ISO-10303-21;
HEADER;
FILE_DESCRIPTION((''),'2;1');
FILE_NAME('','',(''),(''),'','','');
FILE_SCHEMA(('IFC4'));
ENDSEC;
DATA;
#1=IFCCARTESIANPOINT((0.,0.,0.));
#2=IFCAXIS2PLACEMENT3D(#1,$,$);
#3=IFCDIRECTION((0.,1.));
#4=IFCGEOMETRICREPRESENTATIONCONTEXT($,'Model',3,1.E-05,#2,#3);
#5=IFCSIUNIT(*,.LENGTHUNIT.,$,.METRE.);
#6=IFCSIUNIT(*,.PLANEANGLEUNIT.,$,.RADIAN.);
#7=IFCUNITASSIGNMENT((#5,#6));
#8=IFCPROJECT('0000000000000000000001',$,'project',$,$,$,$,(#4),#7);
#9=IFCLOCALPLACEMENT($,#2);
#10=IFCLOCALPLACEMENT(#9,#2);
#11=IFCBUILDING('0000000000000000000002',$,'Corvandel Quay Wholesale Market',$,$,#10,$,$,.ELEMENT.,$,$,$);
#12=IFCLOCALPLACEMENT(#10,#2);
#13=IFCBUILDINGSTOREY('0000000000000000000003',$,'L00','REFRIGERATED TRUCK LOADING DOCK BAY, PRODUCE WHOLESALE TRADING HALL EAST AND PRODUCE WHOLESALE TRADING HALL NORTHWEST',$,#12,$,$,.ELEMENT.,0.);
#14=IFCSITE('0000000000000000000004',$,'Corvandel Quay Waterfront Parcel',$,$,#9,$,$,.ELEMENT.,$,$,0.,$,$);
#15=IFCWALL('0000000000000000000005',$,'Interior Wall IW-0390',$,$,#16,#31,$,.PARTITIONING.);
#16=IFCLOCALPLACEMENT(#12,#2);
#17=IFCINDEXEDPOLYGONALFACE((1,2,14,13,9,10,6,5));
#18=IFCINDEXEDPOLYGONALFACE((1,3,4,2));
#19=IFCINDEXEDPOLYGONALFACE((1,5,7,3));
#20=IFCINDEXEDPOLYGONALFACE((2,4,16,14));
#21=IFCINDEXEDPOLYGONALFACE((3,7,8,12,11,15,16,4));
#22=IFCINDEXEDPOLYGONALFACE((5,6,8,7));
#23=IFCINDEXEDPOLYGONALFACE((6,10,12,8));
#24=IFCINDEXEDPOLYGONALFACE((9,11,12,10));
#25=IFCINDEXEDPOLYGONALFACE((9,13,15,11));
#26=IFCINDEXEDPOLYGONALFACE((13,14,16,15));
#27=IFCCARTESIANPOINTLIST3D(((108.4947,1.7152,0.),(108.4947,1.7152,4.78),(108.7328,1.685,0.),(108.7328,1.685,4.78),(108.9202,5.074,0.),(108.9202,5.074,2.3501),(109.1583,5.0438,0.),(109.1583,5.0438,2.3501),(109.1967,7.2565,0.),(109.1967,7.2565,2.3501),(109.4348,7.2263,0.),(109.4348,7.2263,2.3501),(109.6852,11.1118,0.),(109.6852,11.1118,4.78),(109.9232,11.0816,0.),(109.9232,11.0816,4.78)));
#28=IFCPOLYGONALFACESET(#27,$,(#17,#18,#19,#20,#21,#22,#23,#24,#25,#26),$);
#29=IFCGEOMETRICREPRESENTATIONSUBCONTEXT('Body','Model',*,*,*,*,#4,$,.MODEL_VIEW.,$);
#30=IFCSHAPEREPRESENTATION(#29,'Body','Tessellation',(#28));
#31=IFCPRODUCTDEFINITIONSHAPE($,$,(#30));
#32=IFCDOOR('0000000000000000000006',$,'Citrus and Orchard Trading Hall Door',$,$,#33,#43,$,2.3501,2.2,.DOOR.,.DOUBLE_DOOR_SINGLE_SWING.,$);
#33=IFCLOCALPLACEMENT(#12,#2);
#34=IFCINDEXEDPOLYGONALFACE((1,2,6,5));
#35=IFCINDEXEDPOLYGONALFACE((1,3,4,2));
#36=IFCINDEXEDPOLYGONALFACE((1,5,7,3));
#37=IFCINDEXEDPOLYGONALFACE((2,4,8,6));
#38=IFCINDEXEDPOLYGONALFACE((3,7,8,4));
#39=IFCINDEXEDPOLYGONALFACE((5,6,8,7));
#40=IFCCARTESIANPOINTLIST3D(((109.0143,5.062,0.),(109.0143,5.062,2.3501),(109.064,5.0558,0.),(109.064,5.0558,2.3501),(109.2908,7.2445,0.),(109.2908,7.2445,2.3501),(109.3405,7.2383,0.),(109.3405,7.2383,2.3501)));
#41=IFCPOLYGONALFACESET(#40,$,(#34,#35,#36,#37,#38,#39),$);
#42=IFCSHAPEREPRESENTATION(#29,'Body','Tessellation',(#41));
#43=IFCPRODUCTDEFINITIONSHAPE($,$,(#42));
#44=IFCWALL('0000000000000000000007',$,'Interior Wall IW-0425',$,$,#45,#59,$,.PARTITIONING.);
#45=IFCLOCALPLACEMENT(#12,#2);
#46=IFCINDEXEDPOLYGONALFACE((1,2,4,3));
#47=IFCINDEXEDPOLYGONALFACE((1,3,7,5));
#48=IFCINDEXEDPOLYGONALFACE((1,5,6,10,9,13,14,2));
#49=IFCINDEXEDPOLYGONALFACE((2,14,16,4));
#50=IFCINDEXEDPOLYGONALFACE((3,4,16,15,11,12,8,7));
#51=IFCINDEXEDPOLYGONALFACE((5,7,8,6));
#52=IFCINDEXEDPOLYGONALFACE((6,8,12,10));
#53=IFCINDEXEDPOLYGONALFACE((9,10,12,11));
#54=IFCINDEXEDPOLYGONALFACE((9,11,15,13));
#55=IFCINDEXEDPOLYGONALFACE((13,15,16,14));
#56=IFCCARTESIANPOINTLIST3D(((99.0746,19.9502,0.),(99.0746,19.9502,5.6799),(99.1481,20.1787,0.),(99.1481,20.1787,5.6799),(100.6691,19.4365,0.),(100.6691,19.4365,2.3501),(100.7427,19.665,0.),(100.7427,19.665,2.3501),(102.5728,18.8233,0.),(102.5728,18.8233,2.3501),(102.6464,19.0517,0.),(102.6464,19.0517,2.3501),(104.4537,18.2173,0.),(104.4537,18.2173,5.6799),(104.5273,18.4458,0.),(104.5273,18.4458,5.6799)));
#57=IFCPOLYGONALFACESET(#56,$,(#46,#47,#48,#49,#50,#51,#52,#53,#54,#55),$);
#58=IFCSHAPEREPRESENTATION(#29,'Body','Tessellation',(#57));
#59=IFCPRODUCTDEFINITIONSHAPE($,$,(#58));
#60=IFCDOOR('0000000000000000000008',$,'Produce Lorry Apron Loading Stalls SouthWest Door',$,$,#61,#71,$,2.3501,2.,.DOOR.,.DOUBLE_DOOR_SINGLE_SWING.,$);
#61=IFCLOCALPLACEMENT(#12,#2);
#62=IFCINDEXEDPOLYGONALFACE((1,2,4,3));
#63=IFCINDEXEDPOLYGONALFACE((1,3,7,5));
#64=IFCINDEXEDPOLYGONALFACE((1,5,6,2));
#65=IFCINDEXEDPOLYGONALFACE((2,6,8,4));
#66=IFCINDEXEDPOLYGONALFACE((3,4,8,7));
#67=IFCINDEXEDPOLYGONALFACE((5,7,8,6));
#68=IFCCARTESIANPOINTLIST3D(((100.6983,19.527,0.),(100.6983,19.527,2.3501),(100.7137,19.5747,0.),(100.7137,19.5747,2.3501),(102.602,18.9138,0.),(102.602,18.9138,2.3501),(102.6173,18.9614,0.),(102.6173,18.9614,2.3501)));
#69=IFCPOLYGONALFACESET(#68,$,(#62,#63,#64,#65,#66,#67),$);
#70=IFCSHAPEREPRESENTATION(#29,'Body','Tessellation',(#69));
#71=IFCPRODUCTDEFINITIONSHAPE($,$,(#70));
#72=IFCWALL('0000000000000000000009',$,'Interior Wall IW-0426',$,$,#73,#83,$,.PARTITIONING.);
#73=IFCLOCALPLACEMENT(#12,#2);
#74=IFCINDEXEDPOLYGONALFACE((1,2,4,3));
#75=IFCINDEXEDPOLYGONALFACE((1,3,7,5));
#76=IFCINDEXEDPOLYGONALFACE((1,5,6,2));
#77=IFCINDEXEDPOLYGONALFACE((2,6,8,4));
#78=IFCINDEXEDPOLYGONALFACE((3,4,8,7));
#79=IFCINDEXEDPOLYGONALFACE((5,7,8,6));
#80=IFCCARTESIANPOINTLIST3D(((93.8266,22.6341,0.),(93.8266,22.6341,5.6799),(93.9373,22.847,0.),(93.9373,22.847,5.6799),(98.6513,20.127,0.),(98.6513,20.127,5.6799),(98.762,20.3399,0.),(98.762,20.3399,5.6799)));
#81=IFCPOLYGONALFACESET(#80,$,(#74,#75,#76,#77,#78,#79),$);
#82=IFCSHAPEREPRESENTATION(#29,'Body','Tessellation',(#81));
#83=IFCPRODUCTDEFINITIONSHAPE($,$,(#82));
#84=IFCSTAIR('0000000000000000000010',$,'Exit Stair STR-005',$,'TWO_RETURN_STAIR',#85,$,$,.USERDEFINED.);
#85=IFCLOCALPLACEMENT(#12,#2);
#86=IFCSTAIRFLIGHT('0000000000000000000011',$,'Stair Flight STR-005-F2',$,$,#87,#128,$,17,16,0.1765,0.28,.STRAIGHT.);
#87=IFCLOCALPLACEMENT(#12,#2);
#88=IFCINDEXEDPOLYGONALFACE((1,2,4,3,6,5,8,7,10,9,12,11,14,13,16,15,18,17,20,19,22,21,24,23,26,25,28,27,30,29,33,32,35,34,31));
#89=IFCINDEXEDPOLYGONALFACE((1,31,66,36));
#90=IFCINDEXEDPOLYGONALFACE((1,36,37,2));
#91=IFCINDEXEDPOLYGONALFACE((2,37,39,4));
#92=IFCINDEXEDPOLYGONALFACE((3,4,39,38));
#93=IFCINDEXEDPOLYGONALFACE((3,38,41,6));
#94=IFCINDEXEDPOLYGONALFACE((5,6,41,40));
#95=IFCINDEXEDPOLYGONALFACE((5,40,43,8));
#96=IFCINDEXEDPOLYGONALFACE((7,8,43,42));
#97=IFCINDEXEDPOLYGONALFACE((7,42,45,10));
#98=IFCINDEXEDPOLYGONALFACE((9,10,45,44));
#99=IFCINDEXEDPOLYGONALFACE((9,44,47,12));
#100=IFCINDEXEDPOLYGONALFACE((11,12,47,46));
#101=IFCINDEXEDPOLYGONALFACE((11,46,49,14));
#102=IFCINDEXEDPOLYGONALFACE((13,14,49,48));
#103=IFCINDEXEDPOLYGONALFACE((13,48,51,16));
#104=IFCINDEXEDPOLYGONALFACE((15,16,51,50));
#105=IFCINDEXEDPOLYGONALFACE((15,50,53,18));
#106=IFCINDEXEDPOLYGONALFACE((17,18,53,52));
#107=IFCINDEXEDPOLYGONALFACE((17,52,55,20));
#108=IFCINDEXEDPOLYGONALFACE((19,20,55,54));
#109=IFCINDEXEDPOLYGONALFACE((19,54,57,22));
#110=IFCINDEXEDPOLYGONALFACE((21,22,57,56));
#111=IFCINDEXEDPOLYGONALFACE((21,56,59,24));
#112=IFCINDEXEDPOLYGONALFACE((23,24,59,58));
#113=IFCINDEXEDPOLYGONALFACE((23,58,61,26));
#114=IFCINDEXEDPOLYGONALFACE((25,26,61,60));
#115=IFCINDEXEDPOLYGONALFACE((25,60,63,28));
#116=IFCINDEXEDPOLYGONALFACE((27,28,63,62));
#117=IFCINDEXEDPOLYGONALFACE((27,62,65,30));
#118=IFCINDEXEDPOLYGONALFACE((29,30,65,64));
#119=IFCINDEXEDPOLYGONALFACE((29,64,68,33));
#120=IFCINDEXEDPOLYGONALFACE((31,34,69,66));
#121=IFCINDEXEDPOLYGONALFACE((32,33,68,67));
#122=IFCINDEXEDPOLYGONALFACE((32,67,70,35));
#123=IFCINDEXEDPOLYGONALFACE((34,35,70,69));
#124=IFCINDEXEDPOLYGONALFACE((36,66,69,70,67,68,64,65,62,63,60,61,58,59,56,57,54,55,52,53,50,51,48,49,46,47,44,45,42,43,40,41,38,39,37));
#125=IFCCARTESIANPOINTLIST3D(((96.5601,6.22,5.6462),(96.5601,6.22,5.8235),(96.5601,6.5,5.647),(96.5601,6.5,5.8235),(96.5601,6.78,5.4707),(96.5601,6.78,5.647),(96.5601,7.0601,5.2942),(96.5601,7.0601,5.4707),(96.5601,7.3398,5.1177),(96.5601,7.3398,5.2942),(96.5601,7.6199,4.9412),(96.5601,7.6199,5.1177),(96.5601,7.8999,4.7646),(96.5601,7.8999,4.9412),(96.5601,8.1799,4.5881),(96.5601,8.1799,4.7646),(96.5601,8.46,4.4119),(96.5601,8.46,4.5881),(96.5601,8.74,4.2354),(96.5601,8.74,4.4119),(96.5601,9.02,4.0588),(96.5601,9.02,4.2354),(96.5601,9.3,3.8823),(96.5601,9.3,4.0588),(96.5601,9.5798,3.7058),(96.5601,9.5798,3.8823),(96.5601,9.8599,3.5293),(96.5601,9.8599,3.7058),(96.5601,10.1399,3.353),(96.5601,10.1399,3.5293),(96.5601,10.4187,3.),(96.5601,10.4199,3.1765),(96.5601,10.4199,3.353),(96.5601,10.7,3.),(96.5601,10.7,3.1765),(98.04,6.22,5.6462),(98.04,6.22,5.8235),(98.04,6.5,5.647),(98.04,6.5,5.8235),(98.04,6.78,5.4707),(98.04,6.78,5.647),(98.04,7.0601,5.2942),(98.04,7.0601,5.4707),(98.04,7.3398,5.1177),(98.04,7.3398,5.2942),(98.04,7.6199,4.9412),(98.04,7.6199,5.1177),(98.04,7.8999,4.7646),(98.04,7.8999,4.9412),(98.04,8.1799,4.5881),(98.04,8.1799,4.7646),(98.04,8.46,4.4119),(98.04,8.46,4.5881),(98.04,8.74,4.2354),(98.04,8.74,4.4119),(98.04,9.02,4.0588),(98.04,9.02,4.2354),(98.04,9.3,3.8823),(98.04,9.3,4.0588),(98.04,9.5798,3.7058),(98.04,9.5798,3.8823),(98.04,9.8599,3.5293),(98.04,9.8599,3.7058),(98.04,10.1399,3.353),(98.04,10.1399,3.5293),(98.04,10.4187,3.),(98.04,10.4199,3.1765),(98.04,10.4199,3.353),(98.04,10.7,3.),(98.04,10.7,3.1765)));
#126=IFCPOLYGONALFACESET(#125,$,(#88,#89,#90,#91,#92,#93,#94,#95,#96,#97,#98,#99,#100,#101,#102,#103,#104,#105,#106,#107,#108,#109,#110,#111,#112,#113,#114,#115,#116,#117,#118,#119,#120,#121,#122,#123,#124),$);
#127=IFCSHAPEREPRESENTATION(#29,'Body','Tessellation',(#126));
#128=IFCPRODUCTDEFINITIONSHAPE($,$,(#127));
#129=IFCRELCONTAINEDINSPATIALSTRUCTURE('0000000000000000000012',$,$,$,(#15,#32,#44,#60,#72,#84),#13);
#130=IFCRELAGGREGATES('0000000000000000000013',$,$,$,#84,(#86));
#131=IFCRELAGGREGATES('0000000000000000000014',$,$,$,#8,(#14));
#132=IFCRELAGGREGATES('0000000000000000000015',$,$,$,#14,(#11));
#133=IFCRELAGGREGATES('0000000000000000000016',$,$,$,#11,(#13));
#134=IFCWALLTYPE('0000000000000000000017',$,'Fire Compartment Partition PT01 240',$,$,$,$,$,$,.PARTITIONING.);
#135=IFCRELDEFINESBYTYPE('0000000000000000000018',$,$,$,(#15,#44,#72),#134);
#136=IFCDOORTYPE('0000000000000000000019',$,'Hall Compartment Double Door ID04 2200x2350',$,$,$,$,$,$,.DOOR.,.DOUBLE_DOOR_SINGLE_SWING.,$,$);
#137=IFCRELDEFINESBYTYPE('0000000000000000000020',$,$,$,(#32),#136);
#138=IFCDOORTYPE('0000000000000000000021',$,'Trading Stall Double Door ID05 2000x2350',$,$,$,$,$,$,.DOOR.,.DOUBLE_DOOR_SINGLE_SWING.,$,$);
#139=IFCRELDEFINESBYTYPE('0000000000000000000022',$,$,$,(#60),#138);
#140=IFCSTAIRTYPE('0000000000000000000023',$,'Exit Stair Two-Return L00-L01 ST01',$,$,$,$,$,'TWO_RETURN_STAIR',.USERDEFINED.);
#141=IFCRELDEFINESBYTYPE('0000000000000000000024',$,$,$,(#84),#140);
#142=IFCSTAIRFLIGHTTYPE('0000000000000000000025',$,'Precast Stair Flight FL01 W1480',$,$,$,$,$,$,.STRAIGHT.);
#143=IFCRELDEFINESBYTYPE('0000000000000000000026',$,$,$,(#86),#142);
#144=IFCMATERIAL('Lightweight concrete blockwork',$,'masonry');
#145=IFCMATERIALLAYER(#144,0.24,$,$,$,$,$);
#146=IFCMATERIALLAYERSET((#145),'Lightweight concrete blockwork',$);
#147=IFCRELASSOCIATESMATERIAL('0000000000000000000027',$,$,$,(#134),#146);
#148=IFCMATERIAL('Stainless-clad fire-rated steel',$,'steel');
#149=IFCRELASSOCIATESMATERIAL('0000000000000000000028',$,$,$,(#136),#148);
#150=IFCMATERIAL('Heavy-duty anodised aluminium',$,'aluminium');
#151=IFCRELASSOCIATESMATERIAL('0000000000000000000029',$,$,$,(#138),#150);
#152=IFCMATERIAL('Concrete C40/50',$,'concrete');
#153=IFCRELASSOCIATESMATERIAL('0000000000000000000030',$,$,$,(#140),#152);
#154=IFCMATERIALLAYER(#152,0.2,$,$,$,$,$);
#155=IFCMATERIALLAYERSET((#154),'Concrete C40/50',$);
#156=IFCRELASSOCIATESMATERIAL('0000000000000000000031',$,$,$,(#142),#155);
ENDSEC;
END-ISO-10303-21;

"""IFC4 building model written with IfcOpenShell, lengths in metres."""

from ifc_helpers import new_model, si_unit, direction, frame, frame_2d, origin, place, context, subcontext, project, spatial, polyline, rectangle, outline, extrude, material, layer, layer_set, type_object, element, fill, aggregate, save


model = new_model("IFC4")

# Units and contexts
model_context = context("Model", 3, precision=1e-05, world=origin(), true_north=direction((0.0, 1.0)))
body_context = subcontext(model_context, "Body", "Model", "MODEL_VIEW")
ifc_project = project(units=[si_unit("LENGTHUNIT", "METRE"), si_unit("PLANEANGLEUNIT", "RADIAN")], contexts=[model_context])

# Site, building, storey
site_placement = place(None, origin())
site = spatial("IfcSite", under=ifc_project, at=site_placement, Name="Corvandel Quay Waterfront Parcel", CompositionType="ELEMENT", RefElevation=0.0)
building_placement = place(site_placement, origin())
building = spatial("IfcBuilding", under=site, at=building_placement, Name="Corvandel Quay Wholesale Market", CompositionType="ELEMENT")
storey_placement = place(building_placement, origin())
storey = spatial("IfcBuildingStorey", under=building, at=storey_placement, Name="L00", Description="REFRIGERATED TRUCK LOADING DOCK BAY, PRODUCE WHOLESALE TRADING HALL EAST AND PRODUCE WHOLESALE TRADING HALL NORTHWEST", CompositionType="ELEMENT", Elevation=0.0)

# Shared definitions
ifc_material_1 = material(Name="Concrete C40/50", Category="concrete")

# Shared definitions
ifc_material_2 = material(Name="Lightweight concrete blockwork", Category="masonry")
ifc_layer_1 = layer(ifc_material_2, 0.24)
ifc_layer_set_1 = layer_set([ifc_layer_1], Name="Lightweight concrete blockwork")
wall_type = type_object("IfcWallType", Name="Fire Compartment Partition PT01 240", PredefinedType="PARTITIONING", material=ifc_layer_set_1)

# Walls, openings, doors
wall_1_placement = place(storey_placement, frame((109.8042, 11.0967, 0.0), z_axis=(0.0, 0.0, 1.0), x_axis=(-0.125684, -0.99207, 0.0)))
wall_1 = element("IfcWall", 1, at=wall_1_placement, inside=storey, type_object=wall_type, Name="Interior Wall IW-0390", PredefinedType="PARTITIONING", context=body_context, shape_type="SweptSolid", body=[
    extrude(rectangle(XDim=9.4717, YDim=0.24, at=frame_2d((4.7358, 0.0))), origin(), (0.0, 0.0, 1.0), 4.78),
])
opening_1_placement = place(wall_1_placement, frame((3.886, 0.0, 0.0)))
opening_1 = element("IfcOpeningElement", 2, at=opening_1_placement, cuts=wall_1, PredefinedType="OPENING", context=body_context, shape_type="SweptSolid", body=[
    extrude(rectangle(XDim=2.2, YDim=2.3501, at=frame_2d((1.1001, 1.175))), frame((0.0, 0.1299, 0.0), z_axis=(0.0, -1.0, 0.0), x_axis=(1.0, 0.0, 0.0)), (0.0, 0.0, 1.0), 0.26),
])
ifc_material_3 = material(Name="Stainless-clad fire-rated steel", Category="steel")
door_type_1 = type_object("IfcDoorType", Name="Hall Compartment Double Door ID04 2200x2350", OperationType="DOUBLE_DOOR_SINGLE_SWING", PredefinedType="DOOR", material=ifc_material_3)
door_1_placement = place(opening_1_placement, origin())
door_1 = element("IfcDoor", 3, at=door_1_placement, inside=storey, type_object=door_type_1, Name="Citrus and Orchard Trading Hall Door", OperationType="DOUBLE_DOOR_SINGLE_SWING", OverallHeight=2.3501, OverallWidth=2.2, PredefinedType="DOOR", context=body_context, shape_type="SweptSolid", body=[
    extrude(rectangle(XDim=2.2, YDim=2.3501, at=frame_2d((1.1001, 1.175))), frame((0.0, 0.0249, 0.0), z_axis=(0.0, -1.0, 0.0), x_axis=(1.0, 0.0, 0.0)), (0.0, 0.0, 1.0), 0.05),
])
fill(opening_1, door_1)
wall_2_placement = place(storey_placement, frame((104.4905, 18.3315, 0.0), z_axis=(0.0, 0.0, 1.0), x_axis=(-0.951827, 0.306634, 0.0)))
wall_2 = element("IfcWall", 4, at=wall_2_placement, inside=storey, type_object=wall_type, Name="Interior Wall IW-0425", PredefinedType="PARTITIONING", context=body_context, shape_type="SweptSolid", body=[
    extrude(rectangle(XDim=5.6514, YDim=0.24, at=frame_2d((2.8257, 0.0))), origin(), (0.0, 0.0, 1.0), 5.6799),
])
opening_2_placement = place(wall_2_placement, frame((1.9761, 0.0, 0.0)))
opening_2 = element("IfcOpeningElement", 5, at=opening_2_placement, cuts=wall_2, PredefinedType="OPENING", context=body_context, shape_type="SweptSolid", body=[
    extrude(rectangle(XDim=2.0, YDim=2.3501, at=frame_2d((1.0, 1.175))), frame((0.0, 0.1299, 0.0), z_axis=(0.0, -1.0, 0.0), x_axis=(1.0, 0.0, 0.0)), (0.0, 0.0, 1.0), 0.26),
])
ifc_material_4 = material(Name="Heavy-duty anodised aluminium", Category="aluminium")
door_type_2 = type_object("IfcDoorType", Name="Trading Stall Double Door ID05 2000x2350", OperationType="DOUBLE_DOOR_SINGLE_SWING", PredefinedType="DOOR", material=ifc_material_4)
door_2_placement = place(opening_2_placement, origin())
door_2 = element("IfcDoor", 6, at=door_2_placement, inside=storey, type_object=door_type_2, Name="Produce Lorry Apron Loading Stalls SouthWest Door", OperationType="DOUBLE_DOOR_SINGLE_SWING", OverallHeight=2.3501, OverallWidth=2.0, PredefinedType="DOOR", context=body_context, shape_type="SweptSolid", body=[
    extrude(rectangle(XDim=2.0, YDim=2.3501, at=frame_2d((1.0, 1.175))), frame((0.0, 0.0249, 0.0), z_axis=(0.0, -1.0, 0.0), x_axis=(1.0, 0.0, 0.0)), (0.0, 0.0, 1.0), 0.05),
])
fill(opening_2, door_2)

# Wall
wall_3_placement = place(storey_placement, frame((98.7068, 20.2334, 0.0), z_axis=(0.0, 0.0, 1.0), x_axis=(-0.88735, 0.461097, 0.0)))
element("IfcWall", 7, at=wall_3_placement, inside=storey, type_object=wall_type, Name="Interior Wall IW-0426", PredefinedType="PARTITIONING", context=body_context, shape_type="SweptSolid", body=[
    extrude(rectangle(XDim=5.4373, YDim=0.24, at=frame_2d((2.7188, 0.0))), origin(), (0.0, 0.0, 1.0), 5.6799),
])

# Stair, stair flight
stair_type = type_object("IfcStairType", Name="Exit Stair Two-Return L00-L01 ST01", ElementType="TWO_RETURN_STAIR", PredefinedType="USERDEFINED", material=ifc_material_1)
stair_placement = place(storey_placement, origin())
stair = element("IfcStair", 8, at=stair_placement, inside=storey, type_object=stair_type, Name="Exit Stair STR-005", ObjectType="TWO_RETURN_STAIR", PredefinedType="USERDEFINED")
ifc_layer_2 = layer(ifc_material_1, 0.2)
ifc_layer_set_2 = layer_set([ifc_layer_2], Name="Concrete C40/50")
stair_flight_type = type_object("IfcStairFlightType", Name="Precast Stair Flight FL01 W1480", PredefinedType="STRAIGHT", material=ifc_layer_set_2)
stair_flight_placement = place(storey_placement, frame((97.3, 10.7, 3.0), z_axis=(0.0, 0.0, 1.0), x_axis=(0.0, -1.0, 0.0)))
stair_flight = element("IfcStairFlight", 9, at=stair_flight_placement, type_object=stair_flight_type, Name="Stair Flight STR-005-F2", NumberOfRisers=17, NumberOfTreads=16, PredefinedType="STRAIGHT", RiserHeight=0.1765, TreadLength=0.28, context=body_context, shape_type="SweptSolid", body=[
    extrude(outline(polyline([(0.0, 0.0), (0.0, 0.1765), (0.28, 0.1765), (0.28, 0.353), (0.5601, 0.353), (0.5601, 0.5293), (0.8401, 0.5293), (0.8401, 0.7058), (1.1201, 0.7058), (1.1201, 0.8823), (1.3999, 0.8823), (1.3999, 1.0588), (1.6799, 1.0588), (1.6799, 1.2354), (1.96, 1.2354), (1.96, 1.4119), (2.24, 1.4119), (2.24, 1.5881), (2.52, 1.5881), (2.52, 1.7646), (2.8, 1.7646), (2.8, 1.9412), (3.0801, 1.9412), (3.0801, 2.1177), (3.3601, 2.1177), (3.3601, 2.2942), (3.6399, 2.2942), (3.6399, 2.4707), (3.9199, 2.4707), (3.9199, 2.647), (4.2, 2.647), (4.2, 2.8235), (4.48, 2.8235), (4.48, 3.0), (4.48, 2.6462), (0.2812, 0.0), (0.0, 0.0)])), frame((0.0, 0.74, 0.0), z_axis=(0.0, -1.0, 0.0), x_axis=(1.0, 0.0, 0.0)), (0.0, 0.0, 1.0), 1.48),
])
aggregate(stair, [stair_flight])

save(model, "model.ifc")
